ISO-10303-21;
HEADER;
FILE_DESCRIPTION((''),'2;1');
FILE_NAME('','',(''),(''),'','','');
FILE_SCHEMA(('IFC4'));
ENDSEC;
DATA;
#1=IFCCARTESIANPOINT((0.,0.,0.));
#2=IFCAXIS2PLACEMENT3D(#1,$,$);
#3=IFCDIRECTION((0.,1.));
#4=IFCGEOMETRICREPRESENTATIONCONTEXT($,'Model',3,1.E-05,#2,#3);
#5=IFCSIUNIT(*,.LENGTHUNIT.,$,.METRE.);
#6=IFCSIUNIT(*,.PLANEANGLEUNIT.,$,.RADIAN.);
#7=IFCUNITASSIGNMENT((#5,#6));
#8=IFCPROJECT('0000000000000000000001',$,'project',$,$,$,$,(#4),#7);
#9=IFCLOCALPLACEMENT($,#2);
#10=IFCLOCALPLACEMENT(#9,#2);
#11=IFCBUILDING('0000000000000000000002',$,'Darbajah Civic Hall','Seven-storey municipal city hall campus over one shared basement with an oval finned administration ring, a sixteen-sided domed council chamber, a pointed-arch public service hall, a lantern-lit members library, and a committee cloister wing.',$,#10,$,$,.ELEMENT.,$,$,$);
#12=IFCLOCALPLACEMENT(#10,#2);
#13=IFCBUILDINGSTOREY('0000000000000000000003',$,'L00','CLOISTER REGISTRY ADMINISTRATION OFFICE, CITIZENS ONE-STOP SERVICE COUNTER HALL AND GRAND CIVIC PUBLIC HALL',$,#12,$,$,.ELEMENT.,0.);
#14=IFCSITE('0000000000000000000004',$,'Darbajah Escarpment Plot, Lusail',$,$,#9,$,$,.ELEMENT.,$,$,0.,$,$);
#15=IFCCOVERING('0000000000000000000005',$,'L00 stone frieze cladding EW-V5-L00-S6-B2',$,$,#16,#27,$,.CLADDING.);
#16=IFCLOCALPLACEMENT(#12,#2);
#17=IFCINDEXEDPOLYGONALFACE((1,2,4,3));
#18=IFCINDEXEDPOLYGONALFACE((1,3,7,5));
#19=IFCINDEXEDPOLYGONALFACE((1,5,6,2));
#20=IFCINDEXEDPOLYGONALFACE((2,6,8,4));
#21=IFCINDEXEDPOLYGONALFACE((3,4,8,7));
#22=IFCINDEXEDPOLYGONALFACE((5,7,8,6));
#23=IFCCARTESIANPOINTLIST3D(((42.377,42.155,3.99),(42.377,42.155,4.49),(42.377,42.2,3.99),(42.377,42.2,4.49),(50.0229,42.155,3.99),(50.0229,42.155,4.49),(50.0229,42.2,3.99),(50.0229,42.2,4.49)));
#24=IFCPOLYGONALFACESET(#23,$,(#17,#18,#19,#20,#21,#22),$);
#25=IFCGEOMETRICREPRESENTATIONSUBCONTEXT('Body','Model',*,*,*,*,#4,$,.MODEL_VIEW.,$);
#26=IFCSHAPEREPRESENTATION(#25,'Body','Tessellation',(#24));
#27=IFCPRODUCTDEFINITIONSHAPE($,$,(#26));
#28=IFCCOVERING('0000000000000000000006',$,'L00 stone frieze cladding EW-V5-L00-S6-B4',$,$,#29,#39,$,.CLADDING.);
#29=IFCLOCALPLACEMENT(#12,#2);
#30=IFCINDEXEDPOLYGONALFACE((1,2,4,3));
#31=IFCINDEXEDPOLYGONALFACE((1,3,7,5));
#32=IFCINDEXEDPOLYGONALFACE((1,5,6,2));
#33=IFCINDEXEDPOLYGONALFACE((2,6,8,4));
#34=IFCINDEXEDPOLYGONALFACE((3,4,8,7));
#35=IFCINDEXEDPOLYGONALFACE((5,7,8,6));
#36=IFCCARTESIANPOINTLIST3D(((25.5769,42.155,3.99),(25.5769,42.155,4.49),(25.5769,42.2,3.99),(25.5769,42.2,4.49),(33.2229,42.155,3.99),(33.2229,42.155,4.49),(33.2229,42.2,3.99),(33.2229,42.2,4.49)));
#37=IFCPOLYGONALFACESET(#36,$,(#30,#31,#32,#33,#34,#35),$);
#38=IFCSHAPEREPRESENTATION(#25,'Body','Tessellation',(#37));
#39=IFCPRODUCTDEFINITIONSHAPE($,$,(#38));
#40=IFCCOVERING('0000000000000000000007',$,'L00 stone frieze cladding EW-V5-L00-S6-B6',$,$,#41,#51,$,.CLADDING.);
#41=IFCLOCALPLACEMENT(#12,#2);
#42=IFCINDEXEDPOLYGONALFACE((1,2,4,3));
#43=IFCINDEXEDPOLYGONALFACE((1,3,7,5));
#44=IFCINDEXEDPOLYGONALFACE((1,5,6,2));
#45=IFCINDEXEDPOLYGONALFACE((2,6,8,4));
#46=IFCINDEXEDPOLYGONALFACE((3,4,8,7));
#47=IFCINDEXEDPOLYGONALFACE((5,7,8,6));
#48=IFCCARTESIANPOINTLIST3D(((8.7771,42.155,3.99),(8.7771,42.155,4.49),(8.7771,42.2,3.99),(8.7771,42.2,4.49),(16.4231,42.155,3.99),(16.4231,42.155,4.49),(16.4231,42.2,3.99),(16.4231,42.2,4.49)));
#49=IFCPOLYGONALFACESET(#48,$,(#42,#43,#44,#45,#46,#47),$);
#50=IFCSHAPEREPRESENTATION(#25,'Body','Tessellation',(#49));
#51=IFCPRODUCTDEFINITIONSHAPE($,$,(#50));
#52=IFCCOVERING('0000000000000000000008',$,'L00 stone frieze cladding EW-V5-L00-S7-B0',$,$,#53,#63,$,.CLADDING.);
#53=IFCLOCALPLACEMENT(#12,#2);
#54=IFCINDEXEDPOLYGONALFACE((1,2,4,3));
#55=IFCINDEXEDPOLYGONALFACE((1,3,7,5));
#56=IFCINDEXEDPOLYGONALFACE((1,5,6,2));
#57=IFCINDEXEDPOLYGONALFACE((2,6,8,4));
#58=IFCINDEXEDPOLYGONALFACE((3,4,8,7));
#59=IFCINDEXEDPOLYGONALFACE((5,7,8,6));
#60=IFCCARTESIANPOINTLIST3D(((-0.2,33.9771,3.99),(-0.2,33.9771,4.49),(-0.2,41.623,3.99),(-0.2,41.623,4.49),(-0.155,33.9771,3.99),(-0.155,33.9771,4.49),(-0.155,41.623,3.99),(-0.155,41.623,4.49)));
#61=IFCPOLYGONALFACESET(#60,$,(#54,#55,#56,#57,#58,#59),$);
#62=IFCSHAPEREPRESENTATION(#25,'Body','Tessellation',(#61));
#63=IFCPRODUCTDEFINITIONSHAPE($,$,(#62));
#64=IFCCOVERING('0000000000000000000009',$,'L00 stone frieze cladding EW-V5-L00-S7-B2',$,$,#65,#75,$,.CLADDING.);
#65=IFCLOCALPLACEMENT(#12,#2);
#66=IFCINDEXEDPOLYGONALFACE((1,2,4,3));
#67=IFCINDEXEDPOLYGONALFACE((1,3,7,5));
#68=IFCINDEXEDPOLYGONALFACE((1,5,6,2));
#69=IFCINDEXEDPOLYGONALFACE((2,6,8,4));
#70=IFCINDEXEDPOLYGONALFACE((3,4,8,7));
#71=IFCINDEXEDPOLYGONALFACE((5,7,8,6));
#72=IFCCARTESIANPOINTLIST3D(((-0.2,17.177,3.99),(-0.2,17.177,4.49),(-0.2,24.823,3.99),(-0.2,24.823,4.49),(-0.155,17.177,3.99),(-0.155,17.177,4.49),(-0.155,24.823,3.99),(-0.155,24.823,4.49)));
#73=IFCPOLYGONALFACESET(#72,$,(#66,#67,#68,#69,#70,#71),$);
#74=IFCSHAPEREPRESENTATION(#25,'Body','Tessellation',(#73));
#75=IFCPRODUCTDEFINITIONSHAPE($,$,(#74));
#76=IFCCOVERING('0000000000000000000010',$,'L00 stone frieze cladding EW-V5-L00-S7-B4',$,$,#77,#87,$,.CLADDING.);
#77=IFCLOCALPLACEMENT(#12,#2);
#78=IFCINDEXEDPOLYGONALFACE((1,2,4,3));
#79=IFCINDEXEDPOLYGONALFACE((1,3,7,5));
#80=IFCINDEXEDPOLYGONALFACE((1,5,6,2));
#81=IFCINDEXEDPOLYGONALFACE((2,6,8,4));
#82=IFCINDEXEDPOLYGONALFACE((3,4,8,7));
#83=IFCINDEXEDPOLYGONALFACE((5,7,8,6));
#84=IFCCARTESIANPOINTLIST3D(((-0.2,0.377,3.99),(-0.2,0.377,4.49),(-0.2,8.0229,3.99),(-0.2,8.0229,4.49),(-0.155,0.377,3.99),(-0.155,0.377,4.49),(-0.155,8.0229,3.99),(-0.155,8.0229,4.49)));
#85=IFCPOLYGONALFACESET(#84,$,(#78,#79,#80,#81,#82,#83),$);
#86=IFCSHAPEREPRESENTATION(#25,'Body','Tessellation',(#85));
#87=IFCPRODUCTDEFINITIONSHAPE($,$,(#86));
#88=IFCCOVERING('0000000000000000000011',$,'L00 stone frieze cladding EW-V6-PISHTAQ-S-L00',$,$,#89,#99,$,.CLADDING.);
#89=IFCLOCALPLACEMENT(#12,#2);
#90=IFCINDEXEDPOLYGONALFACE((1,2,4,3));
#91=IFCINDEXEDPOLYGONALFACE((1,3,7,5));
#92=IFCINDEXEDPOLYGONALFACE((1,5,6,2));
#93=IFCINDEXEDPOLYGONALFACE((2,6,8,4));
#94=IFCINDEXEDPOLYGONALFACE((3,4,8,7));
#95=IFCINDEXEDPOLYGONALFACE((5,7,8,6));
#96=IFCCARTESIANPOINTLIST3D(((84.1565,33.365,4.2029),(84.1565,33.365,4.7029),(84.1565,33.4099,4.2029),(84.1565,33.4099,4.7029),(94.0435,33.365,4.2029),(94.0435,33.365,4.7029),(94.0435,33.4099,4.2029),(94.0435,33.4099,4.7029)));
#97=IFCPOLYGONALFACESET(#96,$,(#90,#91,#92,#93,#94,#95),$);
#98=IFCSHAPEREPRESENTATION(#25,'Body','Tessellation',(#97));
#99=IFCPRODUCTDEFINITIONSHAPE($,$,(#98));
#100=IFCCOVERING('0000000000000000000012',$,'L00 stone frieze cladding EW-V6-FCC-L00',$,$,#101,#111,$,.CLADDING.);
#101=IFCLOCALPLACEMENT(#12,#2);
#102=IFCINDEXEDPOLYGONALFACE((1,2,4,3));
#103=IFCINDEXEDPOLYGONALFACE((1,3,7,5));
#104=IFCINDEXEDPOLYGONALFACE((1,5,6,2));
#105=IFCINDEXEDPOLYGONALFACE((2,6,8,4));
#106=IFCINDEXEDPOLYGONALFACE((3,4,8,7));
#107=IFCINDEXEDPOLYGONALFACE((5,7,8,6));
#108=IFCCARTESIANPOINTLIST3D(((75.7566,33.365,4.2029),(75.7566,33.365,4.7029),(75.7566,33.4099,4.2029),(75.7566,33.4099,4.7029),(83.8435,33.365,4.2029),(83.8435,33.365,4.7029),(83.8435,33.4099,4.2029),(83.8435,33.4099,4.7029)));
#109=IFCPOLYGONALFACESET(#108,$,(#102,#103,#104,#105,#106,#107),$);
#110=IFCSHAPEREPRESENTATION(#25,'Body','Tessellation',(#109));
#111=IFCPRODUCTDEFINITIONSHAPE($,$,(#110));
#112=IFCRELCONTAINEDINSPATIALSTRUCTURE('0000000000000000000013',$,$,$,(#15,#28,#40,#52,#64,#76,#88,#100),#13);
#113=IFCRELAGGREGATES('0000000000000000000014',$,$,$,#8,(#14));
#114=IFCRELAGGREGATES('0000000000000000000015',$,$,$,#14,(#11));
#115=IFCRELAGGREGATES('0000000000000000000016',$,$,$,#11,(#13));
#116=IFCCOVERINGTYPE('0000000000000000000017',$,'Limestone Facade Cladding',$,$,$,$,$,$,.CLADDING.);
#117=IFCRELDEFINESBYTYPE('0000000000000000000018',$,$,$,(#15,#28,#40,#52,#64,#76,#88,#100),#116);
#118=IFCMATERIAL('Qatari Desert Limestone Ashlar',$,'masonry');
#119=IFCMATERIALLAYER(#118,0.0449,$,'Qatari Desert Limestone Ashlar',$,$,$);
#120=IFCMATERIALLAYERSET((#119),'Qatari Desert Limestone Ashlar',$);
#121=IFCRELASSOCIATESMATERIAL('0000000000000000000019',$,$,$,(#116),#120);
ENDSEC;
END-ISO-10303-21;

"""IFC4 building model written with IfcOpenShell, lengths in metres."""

from ifc_helpers import new_model, si_unit, direction, frame, origin, place, context, subcontext, project, spatial, polyline, outline, extrude, material, layer, layer_set, type_object, element, save


model = new_model("IFC4")

# Units and contexts
model_context = context("Model", 3, precision=1e-05, world=origin(), true_north=direction((0.0, 1.0)))
body_context = subcontext(model_context, "Body", "Model", "MODEL_VIEW")
ifc_project = project(units=[si_unit("LENGTHUNIT", "METRE"), si_unit("PLANEANGLEUNIT", "RADIAN")], contexts=[model_context])

# Site, building, storey
site_placement = place(None, origin())
site = spatial("IfcSite", under=ifc_project, at=site_placement, Name="Darbajah Escarpment Plot, Lusail", CompositionType="ELEMENT", RefElevation=0.0)
building_placement = place(site_placement, origin())
building = spatial("IfcBuilding", under=site, at=building_placement, Name="Darbajah Civic Hall", Description="Seven-storey municipal city hall campus over one shared basement with an oval finned administration ring, a sixteen-sided domed council chamber, a pointed-arch public service hall, a lantern-lit members library, and a committee cloister wing.", CompositionType="ELEMENT")
storey_placement = place(building_placement, origin())
storey = spatial("IfcBuildingStorey", under=building, at=storey_placement, Name="L00", Description="CLOISTER REGISTRY ADMINISTRATION OFFICE, CITIZENS ONE-STOP SERVICE COUNTER HALL AND GRAND CIVIC PUBLIC HALL", CompositionType="ELEMENT", Elevation=0.0)

# Coverings
ifc_material = material(Name="Qatari Desert Limestone Ashlar", Category="masonry")
ifc_layer = layer(ifc_material, 0.0449, Name="Qatari Desert Limestone Ashlar")
ifc_layer_set = layer_set([ifc_layer], Name="Qatari Desert Limestone Ashlar")
covering_type = type_object("IfcCoveringType", Name="Limestone Facade Cladding", PredefinedType="CLADDING", material=ifc_layer_set)
covering_1_placement = place(storey_placement, frame((0.0, 0.0, 3.99)))
element("IfcCovering", 1, at=covering_1_placement, inside=storey, type_object=covering_type, Name="L00 stone frieze cladding EW-V5-L00-S6-B2", PredefinedType="CLADDING", context=body_context, shape_type="SweptSolid", body=[
    extrude(outline(polyline([(50.0229, 42.155), (42.377, 42.155), (42.377, 42.2), (50.0229, 42.2), (50.0229, 42.155)])), origin(), (0.0, 0.0, 1.0), 0.5),
])
covering_2_placement = place(storey_placement, frame((0.0, 0.0, 3.99)))
element("IfcCovering", 2, at=covering_2_placement, inside=storey, type_object=covering_type, Name="L00 stone frieze cladding EW-V5-L00-S6-B4", PredefinedType="CLADDING", context=body_context, shape_type="SweptSolid", body=[
    extrude(outline(polyline([(33.2229, 42.155), (25.5769, 42.155), (25.5769, 42.2), (33.2229, 42.2), (33.2229, 42.155)])), origin(), (0.0, 0.0, 1.0), 0.5),
])
covering_3_placement = place(storey_placement, frame((0.0, 0.0, 3.99)))
element("IfcCovering", 3, at=covering_3_placement, inside=storey, type_object=covering_type, Name="L00 stone frieze cladding EW-V5-L00-S6-B6", PredefinedType="CLADDING", context=body_context, shape_type="SweptSolid", body=[
    extrude(outline(polyline([(16.4231, 42.155), (8.7771, 42.155), (8.7771, 42.2), (16.4231, 42.2), (16.4231, 42.155)])), origin(), (0.0, 0.0, 1.0), 0.5),
])
covering_4_placement = place(storey_placement, frame((0.0, 0.0, 3.99)))
element("IfcCovering", 4, at=covering_4_placement, inside=storey, type_object=covering_type, Name="L00 stone frieze cladding EW-V5-L00-S7-B0", PredefinedType="CLADDING", context=body_context, shape_type="SweptSolid", body=[
    extrude(outline(polyline([(-0.155, 41.623), (-0.155, 33.9771), (-0.2, 33.9771), (-0.2, 41.623), (-0.155, 41.623)])), origin(), (0.0, 0.0, 1.0), 0.5),
])
covering_5_placement = place(storey_placement, frame((0.0, 0.0, 3.99)))
element("IfcCovering", 5, at=covering_5_placement, inside=storey, type_object=covering_type, Name="L00 stone frieze cladding EW-V5-L00-S7-B2", PredefinedType="CLADDING", context=body_context, shape_type="SweptSolid", body=[
    extrude(outline(polyline([(-0.155, 24.823), (-0.155, 17.177), (-0.2, 17.177), (-0.2, 24.823), (-0.155, 24.823)])), origin(), (0.0, 0.0, 1.0), 0.5),
])
covering_6_placement = place(storey_placement, frame((0.0, 0.0, 3.99)))
element("IfcCovering", 6, at=covering_6_placement, inside=storey, type_object=covering_type, Name="L00 stone frieze cladding EW-V5-L00-S7-B4", PredefinedType="CLADDING", context=body_context, shape_type="SweptSolid", body=[
    extrude(outline(polyline([(-0.155, 8.0229), (-0.155, 0.377), (-0.2, 0.377), (-0.2, 8.0229), (-0.155, 8.0229)])), origin(), (0.0, 0.0, 1.0), 0.5),
])
covering_7_placement = place(storey_placement, frame((0.0, 0.0, 4.2029)))
element("IfcCovering", 7, at=covering_7_placement, inside=storey, type_object=covering_type, Name="L00 stone frieze cladding EW-V6-PISHTAQ-S-L00", PredefinedType="CLADDING", context=body_context, shape_type="SweptSolid", body=[
    extrude(outline(polyline([(84.1565, 33.4099), (94.0435, 33.4099), (94.0435, 33.365), (84.1565, 33.365), (84.1565, 33.4099)])), origin(), (0.0, 0.0, 1.0), 0.5),
])
covering_8_placement = place(storey_placement, frame((0.0, 0.0, 4.2029)))
element("IfcCovering", 8, at=covering_8_placement, inside=storey, type_object=covering_type, Name="L00 stone frieze cladding EW-V6-FCC-L00", PredefinedType="CLADDING", context=body_context, shape_type="SweptSolid", body=[
    extrude(outline(polyline([(75.7566, 33.4099), (83.8435, 33.4099), (83.8435, 33.365), (75.7566, 33.365), (75.7566, 33.4099)])), origin(), (0.0, 0.0, 1.0), 0.5),
])

save(model, "model.ifc")
